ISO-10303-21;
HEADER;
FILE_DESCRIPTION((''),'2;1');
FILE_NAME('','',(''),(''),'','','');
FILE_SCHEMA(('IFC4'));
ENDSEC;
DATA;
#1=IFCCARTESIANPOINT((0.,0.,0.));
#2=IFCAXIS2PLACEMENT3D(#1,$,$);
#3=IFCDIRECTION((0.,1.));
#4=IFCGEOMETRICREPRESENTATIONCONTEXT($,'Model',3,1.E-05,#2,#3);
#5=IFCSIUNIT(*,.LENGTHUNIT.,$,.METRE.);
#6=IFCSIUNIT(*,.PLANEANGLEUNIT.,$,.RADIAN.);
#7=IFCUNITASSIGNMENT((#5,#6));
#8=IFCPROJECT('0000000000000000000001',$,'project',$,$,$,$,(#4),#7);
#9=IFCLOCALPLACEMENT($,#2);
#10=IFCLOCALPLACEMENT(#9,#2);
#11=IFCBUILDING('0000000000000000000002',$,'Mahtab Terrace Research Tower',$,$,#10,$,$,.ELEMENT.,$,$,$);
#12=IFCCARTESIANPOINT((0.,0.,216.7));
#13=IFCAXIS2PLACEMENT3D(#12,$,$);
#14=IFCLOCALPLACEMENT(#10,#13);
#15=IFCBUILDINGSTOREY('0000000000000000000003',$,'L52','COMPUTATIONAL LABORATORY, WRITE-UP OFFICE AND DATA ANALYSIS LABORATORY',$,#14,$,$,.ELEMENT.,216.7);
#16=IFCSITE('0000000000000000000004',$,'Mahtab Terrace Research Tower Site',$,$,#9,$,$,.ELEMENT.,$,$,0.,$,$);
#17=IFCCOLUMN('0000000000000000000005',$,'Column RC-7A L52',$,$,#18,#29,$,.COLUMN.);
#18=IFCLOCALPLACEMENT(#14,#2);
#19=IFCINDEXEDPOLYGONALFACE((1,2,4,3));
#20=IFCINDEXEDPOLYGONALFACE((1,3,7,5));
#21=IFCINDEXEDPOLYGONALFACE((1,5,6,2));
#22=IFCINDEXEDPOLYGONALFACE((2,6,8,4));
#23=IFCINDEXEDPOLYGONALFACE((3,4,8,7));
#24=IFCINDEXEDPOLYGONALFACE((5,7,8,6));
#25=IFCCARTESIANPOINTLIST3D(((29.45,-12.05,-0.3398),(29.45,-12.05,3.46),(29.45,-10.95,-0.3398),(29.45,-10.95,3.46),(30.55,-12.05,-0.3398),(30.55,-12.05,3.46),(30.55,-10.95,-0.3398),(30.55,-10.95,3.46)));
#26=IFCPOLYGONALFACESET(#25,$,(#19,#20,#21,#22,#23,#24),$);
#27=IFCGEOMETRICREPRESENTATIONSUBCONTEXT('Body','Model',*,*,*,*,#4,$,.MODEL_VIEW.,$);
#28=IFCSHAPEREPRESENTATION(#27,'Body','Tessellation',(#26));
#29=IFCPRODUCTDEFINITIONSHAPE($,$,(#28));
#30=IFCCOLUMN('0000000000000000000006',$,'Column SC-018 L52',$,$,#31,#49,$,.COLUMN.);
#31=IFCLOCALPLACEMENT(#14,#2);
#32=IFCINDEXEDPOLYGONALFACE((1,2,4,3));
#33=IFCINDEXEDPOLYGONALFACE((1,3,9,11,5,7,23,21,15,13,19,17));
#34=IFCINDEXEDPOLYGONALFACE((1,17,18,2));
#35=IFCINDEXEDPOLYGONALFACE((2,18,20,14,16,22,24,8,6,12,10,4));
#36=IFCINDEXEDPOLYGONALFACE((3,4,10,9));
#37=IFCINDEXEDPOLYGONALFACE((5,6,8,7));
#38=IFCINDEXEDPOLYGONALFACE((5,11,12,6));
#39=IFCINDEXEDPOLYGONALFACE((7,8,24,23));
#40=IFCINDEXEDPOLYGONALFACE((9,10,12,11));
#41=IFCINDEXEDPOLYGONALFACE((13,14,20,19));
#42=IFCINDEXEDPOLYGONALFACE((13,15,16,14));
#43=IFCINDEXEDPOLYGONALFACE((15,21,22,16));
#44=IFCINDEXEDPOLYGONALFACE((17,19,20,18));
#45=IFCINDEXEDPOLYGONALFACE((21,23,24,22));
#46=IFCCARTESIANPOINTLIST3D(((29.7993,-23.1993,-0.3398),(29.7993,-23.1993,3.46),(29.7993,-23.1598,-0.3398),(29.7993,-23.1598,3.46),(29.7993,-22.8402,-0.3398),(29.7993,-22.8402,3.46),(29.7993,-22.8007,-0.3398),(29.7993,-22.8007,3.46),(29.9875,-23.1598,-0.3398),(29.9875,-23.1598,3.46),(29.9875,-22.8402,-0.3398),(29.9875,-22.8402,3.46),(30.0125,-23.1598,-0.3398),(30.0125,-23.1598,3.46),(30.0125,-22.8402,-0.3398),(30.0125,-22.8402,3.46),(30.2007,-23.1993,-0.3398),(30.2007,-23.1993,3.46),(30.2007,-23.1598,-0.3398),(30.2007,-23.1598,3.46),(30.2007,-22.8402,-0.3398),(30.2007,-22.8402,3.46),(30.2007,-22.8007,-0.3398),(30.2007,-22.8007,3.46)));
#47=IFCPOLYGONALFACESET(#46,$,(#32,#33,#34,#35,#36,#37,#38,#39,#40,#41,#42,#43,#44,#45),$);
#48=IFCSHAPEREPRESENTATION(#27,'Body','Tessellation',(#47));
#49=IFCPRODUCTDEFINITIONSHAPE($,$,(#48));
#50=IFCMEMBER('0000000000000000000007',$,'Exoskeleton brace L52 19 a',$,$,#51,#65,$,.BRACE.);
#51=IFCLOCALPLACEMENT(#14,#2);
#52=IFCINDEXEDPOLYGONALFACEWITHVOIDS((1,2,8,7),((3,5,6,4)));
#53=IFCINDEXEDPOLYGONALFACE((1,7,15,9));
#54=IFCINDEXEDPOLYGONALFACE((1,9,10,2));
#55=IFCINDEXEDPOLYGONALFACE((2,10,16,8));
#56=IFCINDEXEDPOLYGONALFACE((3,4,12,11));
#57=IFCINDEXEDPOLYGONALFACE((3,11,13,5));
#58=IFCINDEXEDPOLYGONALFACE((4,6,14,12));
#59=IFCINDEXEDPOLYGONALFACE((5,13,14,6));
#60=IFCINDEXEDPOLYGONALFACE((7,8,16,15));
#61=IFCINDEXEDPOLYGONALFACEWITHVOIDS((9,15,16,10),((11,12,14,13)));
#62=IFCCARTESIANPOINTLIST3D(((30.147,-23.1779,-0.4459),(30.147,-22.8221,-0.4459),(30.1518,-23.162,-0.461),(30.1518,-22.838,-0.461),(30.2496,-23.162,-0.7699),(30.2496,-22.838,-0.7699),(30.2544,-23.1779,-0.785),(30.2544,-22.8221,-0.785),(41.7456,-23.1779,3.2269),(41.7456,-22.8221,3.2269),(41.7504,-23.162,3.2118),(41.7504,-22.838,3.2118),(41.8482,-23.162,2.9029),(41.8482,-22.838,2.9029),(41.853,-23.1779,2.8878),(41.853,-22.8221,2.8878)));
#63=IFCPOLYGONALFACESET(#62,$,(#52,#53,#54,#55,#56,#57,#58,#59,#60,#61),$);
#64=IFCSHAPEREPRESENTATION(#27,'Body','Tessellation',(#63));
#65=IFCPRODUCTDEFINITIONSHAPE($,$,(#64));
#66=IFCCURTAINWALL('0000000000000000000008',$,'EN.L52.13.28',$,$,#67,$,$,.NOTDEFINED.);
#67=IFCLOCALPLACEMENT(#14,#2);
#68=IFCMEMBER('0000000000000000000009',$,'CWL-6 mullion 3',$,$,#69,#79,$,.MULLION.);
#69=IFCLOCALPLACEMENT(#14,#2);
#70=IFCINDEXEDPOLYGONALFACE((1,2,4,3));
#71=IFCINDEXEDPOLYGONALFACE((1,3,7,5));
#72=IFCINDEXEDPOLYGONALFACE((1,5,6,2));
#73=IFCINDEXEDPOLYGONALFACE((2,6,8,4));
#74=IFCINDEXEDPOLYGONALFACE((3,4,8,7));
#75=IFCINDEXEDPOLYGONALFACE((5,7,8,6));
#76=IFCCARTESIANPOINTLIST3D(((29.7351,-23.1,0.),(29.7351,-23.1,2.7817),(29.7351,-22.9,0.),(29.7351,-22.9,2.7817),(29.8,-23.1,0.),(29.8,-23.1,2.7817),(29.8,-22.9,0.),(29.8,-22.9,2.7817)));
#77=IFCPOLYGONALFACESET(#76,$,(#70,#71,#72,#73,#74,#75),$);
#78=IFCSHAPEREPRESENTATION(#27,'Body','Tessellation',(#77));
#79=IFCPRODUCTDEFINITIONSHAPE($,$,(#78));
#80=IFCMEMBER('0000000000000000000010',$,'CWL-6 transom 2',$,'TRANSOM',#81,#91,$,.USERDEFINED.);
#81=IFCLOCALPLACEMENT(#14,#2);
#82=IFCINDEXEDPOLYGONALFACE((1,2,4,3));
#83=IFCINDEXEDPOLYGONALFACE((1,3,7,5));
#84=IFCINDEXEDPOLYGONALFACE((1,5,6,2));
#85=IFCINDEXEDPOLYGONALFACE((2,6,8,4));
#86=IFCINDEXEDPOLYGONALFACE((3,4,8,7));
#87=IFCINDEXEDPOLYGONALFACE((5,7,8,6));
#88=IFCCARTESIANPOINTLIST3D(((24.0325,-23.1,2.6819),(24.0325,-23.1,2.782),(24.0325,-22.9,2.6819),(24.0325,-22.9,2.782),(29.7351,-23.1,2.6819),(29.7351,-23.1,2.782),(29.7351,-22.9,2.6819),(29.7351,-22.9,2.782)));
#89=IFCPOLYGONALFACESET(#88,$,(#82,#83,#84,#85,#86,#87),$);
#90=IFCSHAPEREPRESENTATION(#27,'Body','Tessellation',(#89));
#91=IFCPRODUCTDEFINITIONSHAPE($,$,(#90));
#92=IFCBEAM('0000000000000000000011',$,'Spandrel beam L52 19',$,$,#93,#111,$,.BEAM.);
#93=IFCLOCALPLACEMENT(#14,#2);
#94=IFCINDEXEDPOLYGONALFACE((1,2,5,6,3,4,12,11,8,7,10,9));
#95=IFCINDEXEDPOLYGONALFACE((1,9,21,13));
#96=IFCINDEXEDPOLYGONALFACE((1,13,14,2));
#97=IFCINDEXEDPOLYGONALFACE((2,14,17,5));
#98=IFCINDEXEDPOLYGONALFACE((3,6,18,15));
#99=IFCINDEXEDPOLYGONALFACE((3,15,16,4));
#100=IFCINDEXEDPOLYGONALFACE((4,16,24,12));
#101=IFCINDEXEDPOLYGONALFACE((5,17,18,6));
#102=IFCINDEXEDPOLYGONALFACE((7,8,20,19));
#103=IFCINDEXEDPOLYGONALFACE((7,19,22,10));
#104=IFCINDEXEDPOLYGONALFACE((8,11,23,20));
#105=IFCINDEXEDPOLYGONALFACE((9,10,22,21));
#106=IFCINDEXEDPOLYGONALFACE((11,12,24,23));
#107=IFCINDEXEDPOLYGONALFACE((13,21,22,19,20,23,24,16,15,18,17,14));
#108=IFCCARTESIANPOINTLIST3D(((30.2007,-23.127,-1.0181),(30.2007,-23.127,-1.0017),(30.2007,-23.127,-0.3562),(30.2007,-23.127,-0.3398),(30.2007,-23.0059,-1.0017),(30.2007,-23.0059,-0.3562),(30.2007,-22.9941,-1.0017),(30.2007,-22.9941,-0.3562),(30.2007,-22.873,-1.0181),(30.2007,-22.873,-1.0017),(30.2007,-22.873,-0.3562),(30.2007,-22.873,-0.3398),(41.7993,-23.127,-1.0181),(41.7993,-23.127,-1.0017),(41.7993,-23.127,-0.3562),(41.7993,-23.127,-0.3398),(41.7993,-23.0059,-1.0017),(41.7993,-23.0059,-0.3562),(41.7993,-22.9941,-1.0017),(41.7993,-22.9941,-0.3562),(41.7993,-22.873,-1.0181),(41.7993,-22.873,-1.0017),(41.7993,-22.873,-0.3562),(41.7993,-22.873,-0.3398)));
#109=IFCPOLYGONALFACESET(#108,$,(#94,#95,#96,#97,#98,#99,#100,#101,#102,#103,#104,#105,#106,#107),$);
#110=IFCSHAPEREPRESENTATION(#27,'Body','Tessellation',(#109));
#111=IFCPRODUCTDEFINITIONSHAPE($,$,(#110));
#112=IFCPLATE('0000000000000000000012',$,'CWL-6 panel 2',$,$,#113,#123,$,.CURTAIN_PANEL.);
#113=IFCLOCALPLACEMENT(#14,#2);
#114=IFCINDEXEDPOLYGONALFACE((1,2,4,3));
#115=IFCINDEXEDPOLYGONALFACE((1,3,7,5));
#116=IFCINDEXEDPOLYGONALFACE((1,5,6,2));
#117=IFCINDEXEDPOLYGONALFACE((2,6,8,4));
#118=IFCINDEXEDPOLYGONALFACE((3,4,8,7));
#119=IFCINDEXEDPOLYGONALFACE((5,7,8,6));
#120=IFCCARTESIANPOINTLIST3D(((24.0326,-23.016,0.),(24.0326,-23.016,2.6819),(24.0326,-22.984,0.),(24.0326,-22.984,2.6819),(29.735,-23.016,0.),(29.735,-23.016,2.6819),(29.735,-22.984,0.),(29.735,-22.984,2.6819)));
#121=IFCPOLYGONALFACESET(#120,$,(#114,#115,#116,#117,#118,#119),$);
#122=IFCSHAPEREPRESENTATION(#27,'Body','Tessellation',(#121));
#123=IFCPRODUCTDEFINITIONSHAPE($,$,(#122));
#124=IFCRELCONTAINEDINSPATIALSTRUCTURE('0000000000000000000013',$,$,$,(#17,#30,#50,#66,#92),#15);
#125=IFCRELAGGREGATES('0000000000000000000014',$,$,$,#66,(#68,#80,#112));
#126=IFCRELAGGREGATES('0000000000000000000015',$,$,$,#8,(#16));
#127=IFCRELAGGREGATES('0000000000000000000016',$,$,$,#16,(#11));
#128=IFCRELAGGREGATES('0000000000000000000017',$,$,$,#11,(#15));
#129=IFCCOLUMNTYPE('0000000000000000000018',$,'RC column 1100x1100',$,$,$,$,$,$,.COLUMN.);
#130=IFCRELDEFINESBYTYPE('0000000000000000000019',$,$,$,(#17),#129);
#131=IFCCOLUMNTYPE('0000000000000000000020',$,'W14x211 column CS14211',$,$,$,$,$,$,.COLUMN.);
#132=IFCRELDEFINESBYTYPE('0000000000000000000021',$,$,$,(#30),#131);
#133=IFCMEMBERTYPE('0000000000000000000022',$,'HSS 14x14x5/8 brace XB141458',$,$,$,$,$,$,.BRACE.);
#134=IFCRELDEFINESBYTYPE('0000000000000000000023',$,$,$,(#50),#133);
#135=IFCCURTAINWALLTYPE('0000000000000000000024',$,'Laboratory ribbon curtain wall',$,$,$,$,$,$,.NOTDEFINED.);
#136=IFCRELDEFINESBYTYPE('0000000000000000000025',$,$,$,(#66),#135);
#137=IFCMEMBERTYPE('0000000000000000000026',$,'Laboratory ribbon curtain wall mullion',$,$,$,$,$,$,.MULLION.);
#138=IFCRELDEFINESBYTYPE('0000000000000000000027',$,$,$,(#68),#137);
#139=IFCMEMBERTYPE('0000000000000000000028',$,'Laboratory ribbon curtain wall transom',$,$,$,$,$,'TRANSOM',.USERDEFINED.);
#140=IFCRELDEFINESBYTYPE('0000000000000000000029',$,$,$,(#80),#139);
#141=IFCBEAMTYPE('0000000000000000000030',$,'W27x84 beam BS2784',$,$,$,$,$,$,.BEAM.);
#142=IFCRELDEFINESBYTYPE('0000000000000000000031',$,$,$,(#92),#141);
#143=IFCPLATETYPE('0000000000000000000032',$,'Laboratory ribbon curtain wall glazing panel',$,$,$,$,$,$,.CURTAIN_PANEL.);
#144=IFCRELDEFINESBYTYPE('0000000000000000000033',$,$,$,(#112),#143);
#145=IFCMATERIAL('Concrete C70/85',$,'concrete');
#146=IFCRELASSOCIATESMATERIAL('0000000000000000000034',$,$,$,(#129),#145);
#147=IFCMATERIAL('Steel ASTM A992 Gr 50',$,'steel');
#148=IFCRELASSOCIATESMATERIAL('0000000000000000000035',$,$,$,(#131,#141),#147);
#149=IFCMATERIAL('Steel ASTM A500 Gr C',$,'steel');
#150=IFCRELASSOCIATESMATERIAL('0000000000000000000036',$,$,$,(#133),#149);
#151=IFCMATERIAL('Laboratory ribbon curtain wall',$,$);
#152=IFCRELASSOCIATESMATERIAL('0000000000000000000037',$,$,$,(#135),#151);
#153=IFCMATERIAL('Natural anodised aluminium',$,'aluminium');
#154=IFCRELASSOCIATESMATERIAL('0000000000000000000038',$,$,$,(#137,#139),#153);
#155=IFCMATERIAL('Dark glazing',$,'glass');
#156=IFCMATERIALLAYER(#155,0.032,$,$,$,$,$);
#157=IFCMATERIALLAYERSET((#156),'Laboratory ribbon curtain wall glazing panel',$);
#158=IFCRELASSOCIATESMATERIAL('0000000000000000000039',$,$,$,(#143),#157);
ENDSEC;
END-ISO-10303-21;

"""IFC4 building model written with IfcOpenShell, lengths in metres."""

from ifc_helpers import new_model, si_unit, direction, frame, origin, origin_2d, place, context, subcontext, project, spatial, rectangle, hollow_rectangle, i_section, extrude, material, layer, layer_set, material_profile, profile_set, type_object, element, aggregate, save


model = new_model("IFC4")

# Units and contexts
model_context = context("Model", 3, precision=1e-05, world=origin(), true_north=direction((0.0, 1.0)))
body_context = subcontext(model_context, "Body", "Model", "MODEL_VIEW")
ifc_project = project(units=[si_unit("LENGTHUNIT", "METRE"), si_unit("PLANEANGLEUNIT", "RADIAN")], contexts=[model_context])

# Site, building, storey
site_placement = place(None, origin())
site = spatial("IfcSite", under=ifc_project, at=site_placement, Name="Mahtab Terrace Research Tower Site", CompositionType="ELEMENT", RefElevation=0.0)
building_placement = place(site_placement, origin())
building = spatial("IfcBuilding", under=site, at=building_placement, Name="Mahtab Terrace Research Tower", CompositionType="ELEMENT")
storey_placement = place(building_placement, frame((0.0, 0.0, 216.7)))
storey = spatial("IfcBuildingStorey", under=building, at=storey_placement, Name="L52", Description="COMPUTATIONAL LABORATORY, WRITE-UP OFFICE AND DATA ANALYSIS LABORATORY", CompositionType="ELEMENT", Elevation=216.7)

# Columns
ifc_material_1 = material(Name="Concrete C70/85", Category="concrete")
ifc_material_profile_1 = material_profile(ifc_material_1, rectangle(XDim=1.1001, YDim=1.1001, at=origin_2d()), Name="RC column 1100x1100")
ifc_profile_set_1 = profile_set([ifc_material_profile_1], Name="Concrete C70/85")
column_type_1 = type_object("IfcColumnType", Name="RC column 1100x1100", PredefinedType="COLUMN", material=ifc_profile_set_1)
column_1_placement = place(storey_placement, frame((30.0, -11.5, -0.3398), z_axis=(0.0, 0.0, 1.0), x_axis=(1.0, 0.0, 0.0)))
element("IfcColumn", 1, at=column_1_placement, inside=storey, type_object=column_type_1, Name="Column RC-7A L52", PredefinedType="COLUMN", context=body_context, shape_type="SweptSolid", body=[
    extrude(rectangle(XDim=1.1001, YDim=1.1001, at=origin_2d()), origin(), (0.0, 0.0, 1.0), 3.7998),
])
ifc_material_2 = material(Name="Steel ASTM A992 Gr 50", Category="steel")
ifc_material_profile_2 = material_profile(ifc_material_2, i_section(OverallWidth=0.4014, OverallDepth=0.3987, WebThickness=0.0249, FlangeThickness=0.0396, at=origin_2d()), Name="W14X211")
ifc_profile_set_2 = profile_set([ifc_material_profile_2], Name="Steel ASTM A992 Gr 50")
column_type_2 = type_object("IfcColumnType", Name="W14x211 column CS14211", PredefinedType="COLUMN", material=ifc_profile_set_2)
column_2_placement = place(storey_placement, frame((30.0, -23.0, -0.3398), z_axis=(0.0, 0.0, 1.0), x_axis=(1.0, 0.0, 0.0)))
element("IfcColumn", 2, at=column_2_placement, inside=storey, type_object=column_type_2, Name="Column SC-018 L52", PredefinedType="COLUMN", context=body_context, shape_type="SweptSolid", body=[
    extrude(i_section(OverallWidth=0.4014, OverallDepth=0.3987, WebThickness=0.0249, FlangeThickness=0.0396, at=origin_2d()), origin(), (0.0, 0.0, 1.0), 3.7998),
])

# Member
ifc_material_3 = material(Name="Steel ASTM A500 Gr C", Category="steel")
ifc_material_profile_3 = material_profile(ifc_material_3, hollow_rectangle(XDim=0.3557, YDim=0.3557, WallThickness=0.0159, at=origin_2d()), Name="HSS14X14X5/8")
ifc_profile_set_3 = profile_set([ifc_material_profile_3], Name="Steel ASTM A500 Gr C")
member_type_1 = type_object("IfcMemberType", Name="HSS 14x14x5/8 brace XB141458", PredefinedType="BRACE", material=ifc_profile_set_3)
member_1_placement = place(storey_placement, frame((30.2007, -23.0, -0.6155), z_axis=(0.953343, 0.0, 0.301888), x_axis=(0.0, 1.0, 0.0)))
element("IfcMember", 3, at=member_1_placement, inside=storey, type_object=member_type_1, Name="Exoskeleton brace L52 19 a", PredefinedType="BRACE", context=body_context, shape_type="SweptSolid", body=[
    extrude(hollow_rectangle(XDim=0.3557, YDim=0.3557, WallThickness=0.0159, at=origin_2d()), origin(), (0.0, 0.0, 1.0), 12.1663),
])

# Curtain wall, members
ifc_material_4 = material(Name="Laboratory ribbon curtain wall")
curtain_wall_type = type_object("IfcCurtainWallType", Name="Laboratory ribbon curtain wall", PredefinedType="NOTDEFINED", material=ifc_material_4)
curtain_wall_placement = place(storey_placement, origin())
curtain_wall = element("IfcCurtainWall", 4, at=curtain_wall_placement, inside=storey, type_object=curtain_wall_type, Name="EN.L52.13.28", PredefinedType="NOTDEFINED")
ifc_material_5 = material(Name="Natural anodised aluminium", Category="aluminium")
ifc_material_profile_4 = material_profile(ifc_material_5, rectangle(XDim=0.2, YDim=0.0649, at=origin_2d()), Name="MULLION 65x200")
ifc_profile_set_4 = profile_set([ifc_material_profile_4], Name="Natural anodised aluminium")
member_type_2 = type_object("IfcMemberType", Name="Laboratory ribbon curtain wall mullion", PredefinedType="MULLION", material=ifc_profile_set_4)
member_2_placement = place(storey_placement, frame((29.7676, -23.0, 0.0), z_axis=(0.0, 0.0, 1.0), x_axis=(0.0, 1.0, 0.0)))
member_2 = element("IfcMember", 5, at=member_2_placement, type_object=member_type_2, Name="CWL-6 mullion 3", PredefinedType="MULLION", context=body_context, shape_type="SweptSolid", body=[
    extrude(rectangle(XDim=0.2, YDim=0.0649, at=origin_2d()), origin(), (0.0, 0.0, 1.0), 2.7817),
])
ifc_material_profile_5 = material_profile(ifc_material_5, rectangle(XDim=0.2, YDim=0.1001, at=origin_2d()), Name="TRANSOM 100x200")
ifc_profile_set_5 = profile_set([ifc_material_profile_5], Name="Natural anodised aluminium")
member_type_3 = type_object("IfcMemberType", Name="Laboratory ribbon curtain wall transom", ElementType="TRANSOM", PredefinedType="USERDEFINED", material=ifc_profile_set_5)
member_3_placement = place(storey_placement, frame((24.0325, -23.0, 2.7319), z_axis=(1.0, 0.0, 0.0), x_axis=(0.0, 1.0, 0.0)))
member_3 = element("IfcMember", 6, at=member_3_placement, type_object=member_type_3, Name="CWL-6 transom 2", ObjectType="TRANSOM", PredefinedType="USERDEFINED", context=body_context, shape_type="SweptSolid", body=[
    extrude(rectangle(XDim=0.2, YDim=0.1001, at=origin_2d()), origin(), (0.0, 0.0, 1.0), 5.7026),
])

# Beam
ifc_material_profile_6 = material_profile(ifc_material_2, i_section(OverallWidth=0.2539, OverallDepth=0.6782, WebThickness=0.0117, FlangeThickness=0.0164, at=origin_2d()), Name="W27X84")
ifc_profile_set_6 = profile_set([ifc_material_profile_6], Name="Steel ASTM A992 Gr 50")
beam_type = type_object("IfcBeamType", Name="W27x84 beam BS2784", PredefinedType="BEAM", material=ifc_profile_set_6)
beam_placement = place(storey_placement, frame((30.2007, -23.0, -0.679), z_axis=(1.0, 0.0, 0.0), x_axis=(0.0, 1.0, 0.0)))
element("IfcBeam", 7, at=beam_placement, inside=storey, type_object=beam_type, Name="Spandrel beam L52 19", PredefinedType="BEAM", context=body_context, shape_type="SweptSolid", body=[
    extrude(i_section(OverallWidth=0.2539, OverallDepth=0.6782, WebThickness=0.0117, FlangeThickness=0.0164, at=origin_2d()), origin(), (0.0, 0.0, 1.0), 11.5986),
])

# Plate
ifc_material_6 = material(Name="Dark glazing", Category="glass")
ifc_layer_1 = layer(ifc_material_6, 0.032)
ifc_layer_set_1 = layer_set([ifc_layer_1], Name="Laboratory ribbon curtain wall glazing panel")
plate_type = type_object("IfcPlateType", Name="Laboratory ribbon curtain wall glazing panel", PredefinedType="CURTAIN_PANEL", material=ifc_layer_set_1)
plate_placement = place(storey_placement, frame((26.8838, -23.0, 0.0), z_axis=(0.0, 0.0, 1.0), x_axis=(1.0, 0.0, 0.0)))
plate = element("IfcPlate", 8, at=plate_placement, type_object=plate_type, Name="CWL-6 panel 2", PredefinedType="CURTAIN_PANEL", context=body_context, shape_type="SweptSolid", body=[
    extrude(rectangle(XDim=5.7024, YDim=0.032, at=origin_2d()), origin(), (0.0, 0.0, 1.0), 2.6819),
])
aggregate(curtain_wall, [member_2, member_3, plate])

save(model, "model.ifc")
